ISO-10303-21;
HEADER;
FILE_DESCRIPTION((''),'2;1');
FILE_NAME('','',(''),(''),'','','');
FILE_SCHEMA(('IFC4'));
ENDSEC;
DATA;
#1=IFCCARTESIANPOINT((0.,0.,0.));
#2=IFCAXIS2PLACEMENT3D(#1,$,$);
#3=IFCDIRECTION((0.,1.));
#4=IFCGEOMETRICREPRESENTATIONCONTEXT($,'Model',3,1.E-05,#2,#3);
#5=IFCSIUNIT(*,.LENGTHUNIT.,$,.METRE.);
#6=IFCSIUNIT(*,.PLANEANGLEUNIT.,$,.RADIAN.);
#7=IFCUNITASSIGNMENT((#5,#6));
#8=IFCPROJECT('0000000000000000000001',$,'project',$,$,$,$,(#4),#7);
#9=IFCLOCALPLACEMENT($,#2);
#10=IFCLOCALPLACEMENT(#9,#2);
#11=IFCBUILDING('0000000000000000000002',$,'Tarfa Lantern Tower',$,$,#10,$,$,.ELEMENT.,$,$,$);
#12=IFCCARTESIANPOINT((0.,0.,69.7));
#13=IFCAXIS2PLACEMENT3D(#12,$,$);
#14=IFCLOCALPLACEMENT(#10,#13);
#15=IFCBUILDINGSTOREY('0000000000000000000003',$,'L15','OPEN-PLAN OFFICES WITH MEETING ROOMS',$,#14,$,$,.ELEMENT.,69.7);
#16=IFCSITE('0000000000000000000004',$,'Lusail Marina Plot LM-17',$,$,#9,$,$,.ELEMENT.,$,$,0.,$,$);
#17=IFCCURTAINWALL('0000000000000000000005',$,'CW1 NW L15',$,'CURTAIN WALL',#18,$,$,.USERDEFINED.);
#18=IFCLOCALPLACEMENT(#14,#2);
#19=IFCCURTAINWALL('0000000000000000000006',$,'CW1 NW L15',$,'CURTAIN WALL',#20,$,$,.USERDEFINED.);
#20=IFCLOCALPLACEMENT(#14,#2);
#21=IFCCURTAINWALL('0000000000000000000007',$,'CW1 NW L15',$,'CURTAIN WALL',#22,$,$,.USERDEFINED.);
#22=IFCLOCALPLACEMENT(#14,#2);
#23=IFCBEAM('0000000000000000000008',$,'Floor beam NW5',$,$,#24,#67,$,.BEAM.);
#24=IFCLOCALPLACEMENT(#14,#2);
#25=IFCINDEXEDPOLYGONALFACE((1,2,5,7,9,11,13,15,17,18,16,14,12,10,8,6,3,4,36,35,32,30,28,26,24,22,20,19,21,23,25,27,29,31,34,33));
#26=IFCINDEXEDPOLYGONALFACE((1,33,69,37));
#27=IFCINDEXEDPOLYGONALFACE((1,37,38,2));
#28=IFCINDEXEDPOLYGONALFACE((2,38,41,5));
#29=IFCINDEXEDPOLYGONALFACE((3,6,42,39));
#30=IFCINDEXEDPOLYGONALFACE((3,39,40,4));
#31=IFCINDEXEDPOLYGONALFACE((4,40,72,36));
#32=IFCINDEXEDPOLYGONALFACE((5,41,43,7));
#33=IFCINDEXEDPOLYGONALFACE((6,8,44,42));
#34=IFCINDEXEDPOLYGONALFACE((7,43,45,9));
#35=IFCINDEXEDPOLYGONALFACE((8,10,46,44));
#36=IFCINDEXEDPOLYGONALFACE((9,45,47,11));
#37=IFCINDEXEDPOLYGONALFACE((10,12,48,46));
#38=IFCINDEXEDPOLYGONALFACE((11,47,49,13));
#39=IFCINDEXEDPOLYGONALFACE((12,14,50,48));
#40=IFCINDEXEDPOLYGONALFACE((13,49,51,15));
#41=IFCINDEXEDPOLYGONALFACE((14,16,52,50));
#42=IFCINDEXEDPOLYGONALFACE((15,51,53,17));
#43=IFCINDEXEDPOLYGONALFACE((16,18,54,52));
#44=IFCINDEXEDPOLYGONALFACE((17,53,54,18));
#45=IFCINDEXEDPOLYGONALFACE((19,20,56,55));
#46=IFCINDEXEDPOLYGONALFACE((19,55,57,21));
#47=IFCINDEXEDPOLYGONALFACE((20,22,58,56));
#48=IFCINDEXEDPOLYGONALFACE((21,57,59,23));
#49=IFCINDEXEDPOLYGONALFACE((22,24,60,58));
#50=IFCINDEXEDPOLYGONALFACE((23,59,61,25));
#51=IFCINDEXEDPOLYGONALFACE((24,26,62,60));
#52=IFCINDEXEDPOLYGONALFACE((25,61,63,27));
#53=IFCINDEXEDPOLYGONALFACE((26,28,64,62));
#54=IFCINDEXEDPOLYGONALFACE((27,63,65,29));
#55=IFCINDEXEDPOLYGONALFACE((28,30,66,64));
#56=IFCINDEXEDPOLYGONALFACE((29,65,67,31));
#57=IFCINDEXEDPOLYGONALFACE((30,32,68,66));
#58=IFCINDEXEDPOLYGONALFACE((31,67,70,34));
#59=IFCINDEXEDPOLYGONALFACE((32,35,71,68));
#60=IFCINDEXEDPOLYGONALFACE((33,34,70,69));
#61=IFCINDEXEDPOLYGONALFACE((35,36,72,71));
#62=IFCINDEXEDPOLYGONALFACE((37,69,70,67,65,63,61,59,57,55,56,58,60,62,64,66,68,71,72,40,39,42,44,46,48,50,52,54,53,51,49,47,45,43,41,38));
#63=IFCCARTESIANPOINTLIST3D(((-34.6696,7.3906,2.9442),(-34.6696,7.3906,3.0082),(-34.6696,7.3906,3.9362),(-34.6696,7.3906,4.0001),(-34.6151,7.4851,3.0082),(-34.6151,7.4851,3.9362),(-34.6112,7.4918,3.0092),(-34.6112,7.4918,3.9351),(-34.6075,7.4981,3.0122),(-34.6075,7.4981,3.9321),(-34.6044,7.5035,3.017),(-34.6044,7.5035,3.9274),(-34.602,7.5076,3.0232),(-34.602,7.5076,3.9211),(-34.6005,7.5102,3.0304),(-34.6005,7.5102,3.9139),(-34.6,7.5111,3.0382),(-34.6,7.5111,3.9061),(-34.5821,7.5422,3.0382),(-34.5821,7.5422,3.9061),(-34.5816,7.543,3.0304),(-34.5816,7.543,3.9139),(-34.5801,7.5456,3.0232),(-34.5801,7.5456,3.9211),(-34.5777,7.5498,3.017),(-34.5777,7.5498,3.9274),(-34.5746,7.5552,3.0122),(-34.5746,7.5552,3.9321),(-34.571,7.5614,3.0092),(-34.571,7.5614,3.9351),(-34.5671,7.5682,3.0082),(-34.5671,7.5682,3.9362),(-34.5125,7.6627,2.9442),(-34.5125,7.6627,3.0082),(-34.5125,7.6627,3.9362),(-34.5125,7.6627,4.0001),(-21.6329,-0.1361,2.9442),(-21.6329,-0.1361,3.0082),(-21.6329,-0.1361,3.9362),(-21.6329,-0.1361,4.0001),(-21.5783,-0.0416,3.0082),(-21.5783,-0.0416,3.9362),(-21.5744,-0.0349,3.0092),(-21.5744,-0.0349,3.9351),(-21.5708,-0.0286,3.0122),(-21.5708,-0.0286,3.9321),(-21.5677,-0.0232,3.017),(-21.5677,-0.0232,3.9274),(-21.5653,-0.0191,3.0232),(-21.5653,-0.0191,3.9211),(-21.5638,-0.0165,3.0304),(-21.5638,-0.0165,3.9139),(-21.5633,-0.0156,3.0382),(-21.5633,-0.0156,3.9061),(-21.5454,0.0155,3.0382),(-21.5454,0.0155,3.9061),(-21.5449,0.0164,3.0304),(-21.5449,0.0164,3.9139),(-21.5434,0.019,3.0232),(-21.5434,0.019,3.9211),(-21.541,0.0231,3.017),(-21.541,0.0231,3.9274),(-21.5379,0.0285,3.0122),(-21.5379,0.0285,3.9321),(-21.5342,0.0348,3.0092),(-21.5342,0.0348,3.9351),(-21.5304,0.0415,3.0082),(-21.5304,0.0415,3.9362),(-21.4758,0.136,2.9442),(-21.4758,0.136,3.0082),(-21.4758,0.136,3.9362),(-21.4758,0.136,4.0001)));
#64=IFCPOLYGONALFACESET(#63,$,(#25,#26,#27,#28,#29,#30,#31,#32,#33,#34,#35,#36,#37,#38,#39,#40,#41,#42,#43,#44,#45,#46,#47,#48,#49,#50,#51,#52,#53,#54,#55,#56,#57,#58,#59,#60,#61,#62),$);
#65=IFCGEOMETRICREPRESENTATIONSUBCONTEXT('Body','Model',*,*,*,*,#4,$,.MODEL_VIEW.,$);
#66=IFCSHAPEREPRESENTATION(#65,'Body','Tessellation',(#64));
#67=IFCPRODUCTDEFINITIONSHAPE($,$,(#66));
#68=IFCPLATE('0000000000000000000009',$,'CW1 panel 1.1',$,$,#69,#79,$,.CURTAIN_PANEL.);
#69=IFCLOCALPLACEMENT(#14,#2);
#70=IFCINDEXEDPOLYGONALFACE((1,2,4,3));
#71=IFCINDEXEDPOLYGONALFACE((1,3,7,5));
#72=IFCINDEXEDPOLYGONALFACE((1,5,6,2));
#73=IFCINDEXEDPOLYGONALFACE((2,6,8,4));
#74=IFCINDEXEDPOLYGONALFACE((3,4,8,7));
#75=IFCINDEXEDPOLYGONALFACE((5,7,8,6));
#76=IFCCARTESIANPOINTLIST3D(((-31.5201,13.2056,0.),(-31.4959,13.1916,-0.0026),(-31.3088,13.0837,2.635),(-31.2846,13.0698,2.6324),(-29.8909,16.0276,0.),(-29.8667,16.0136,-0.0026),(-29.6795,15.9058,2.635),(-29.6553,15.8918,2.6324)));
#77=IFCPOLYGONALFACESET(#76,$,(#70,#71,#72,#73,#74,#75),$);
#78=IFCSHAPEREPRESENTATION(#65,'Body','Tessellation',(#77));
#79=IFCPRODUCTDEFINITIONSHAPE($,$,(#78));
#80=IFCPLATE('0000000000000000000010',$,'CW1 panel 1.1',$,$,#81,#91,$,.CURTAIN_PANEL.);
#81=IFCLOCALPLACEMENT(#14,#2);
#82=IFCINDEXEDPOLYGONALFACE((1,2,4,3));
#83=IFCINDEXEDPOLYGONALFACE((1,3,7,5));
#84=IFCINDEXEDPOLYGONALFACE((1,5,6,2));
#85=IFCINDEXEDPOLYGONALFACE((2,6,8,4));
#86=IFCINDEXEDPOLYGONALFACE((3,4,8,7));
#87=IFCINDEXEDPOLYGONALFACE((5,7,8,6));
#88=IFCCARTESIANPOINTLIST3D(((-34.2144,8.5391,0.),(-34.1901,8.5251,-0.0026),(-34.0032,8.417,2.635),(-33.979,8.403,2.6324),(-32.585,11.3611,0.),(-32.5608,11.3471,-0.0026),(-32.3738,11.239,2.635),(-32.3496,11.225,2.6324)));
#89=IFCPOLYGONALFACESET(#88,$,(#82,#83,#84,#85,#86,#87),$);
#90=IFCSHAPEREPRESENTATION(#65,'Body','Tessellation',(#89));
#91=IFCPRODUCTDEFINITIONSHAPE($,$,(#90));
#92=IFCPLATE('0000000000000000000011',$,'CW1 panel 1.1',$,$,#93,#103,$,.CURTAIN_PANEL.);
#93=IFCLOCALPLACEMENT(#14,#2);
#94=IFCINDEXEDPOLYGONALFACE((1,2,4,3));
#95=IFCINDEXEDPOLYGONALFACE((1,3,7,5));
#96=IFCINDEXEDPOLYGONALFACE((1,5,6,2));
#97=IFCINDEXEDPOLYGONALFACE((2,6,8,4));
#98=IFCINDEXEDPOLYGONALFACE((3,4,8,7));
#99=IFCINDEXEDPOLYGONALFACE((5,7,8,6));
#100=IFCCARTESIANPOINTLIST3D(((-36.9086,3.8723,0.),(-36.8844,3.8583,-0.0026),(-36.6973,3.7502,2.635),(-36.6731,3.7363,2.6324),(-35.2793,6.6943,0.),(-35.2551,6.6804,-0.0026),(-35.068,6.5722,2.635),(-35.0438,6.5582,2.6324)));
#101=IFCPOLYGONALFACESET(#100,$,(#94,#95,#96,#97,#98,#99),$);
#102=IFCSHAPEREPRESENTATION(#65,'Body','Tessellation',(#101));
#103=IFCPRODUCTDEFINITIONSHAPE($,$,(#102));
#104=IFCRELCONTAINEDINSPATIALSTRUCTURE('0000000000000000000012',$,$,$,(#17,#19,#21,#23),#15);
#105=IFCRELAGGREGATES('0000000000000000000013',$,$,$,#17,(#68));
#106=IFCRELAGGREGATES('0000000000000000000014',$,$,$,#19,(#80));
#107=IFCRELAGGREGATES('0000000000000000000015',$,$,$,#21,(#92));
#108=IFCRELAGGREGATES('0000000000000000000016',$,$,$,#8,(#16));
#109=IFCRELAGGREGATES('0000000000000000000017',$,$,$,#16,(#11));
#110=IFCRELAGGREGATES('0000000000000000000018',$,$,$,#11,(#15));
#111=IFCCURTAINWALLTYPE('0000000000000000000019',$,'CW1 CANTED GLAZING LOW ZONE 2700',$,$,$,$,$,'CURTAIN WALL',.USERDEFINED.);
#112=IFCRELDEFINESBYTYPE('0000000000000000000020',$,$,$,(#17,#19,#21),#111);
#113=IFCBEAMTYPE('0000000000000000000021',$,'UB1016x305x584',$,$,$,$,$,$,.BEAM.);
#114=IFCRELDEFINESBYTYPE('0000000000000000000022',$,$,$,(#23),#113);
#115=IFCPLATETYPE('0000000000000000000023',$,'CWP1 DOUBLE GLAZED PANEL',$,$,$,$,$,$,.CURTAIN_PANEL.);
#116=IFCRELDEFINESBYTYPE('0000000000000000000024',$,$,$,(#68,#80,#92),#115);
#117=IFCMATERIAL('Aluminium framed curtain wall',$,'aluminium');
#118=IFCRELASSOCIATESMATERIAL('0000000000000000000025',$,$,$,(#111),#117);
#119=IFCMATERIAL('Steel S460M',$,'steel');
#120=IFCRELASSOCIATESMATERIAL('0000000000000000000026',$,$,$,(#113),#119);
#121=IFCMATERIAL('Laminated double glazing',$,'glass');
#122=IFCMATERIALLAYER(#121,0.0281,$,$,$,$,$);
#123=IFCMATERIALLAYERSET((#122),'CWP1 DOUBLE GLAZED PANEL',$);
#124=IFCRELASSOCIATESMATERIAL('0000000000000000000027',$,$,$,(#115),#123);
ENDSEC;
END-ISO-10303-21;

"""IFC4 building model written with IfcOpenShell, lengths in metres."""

from ifc_helpers import new_model, si_unit, direction, frame, origin, origin_2d, place, context, subcontext, project, spatial, polyline, i_section, outline, extrude, material, layer, layer_set, material_profile, profile_set, type_object, element, aggregate, save


model = new_model("IFC4")

# Units and contexts
model_context = context("Model", 3, precision=1e-05, world=origin(), true_north=direction((0.0, 1.0)))
body_context = subcontext(model_context, "Body", "Model", "MODEL_VIEW")
ifc_project = project(units=[si_unit("LENGTHUNIT", "METRE"), si_unit("PLANEANGLEUNIT", "RADIAN")], contexts=[model_context])

# Site, building, storey
site_placement = place(None, origin())
site = spatial("IfcSite", under=ifc_project, at=site_placement, Name="Lusail Marina Plot LM-17", CompositionType="ELEMENT", RefElevation=0.0)
building_placement = place(site_placement, origin())
building = spatial("IfcBuilding", under=site, at=building_placement, Name="Tarfa Lantern Tower", CompositionType="ELEMENT")
storey_placement = place(building_placement, frame((0.0, 0.0, 69.7)))
storey = spatial("IfcBuildingStorey", under=building, at=storey_placement, Name="L15", Description="OPEN-PLAN OFFICES WITH MEETING ROOMS", CompositionType="ELEMENT", Elevation=69.7)

# Curtain walls
ifc_material_1 = material(Name="Aluminium framed curtain wall", Category="aluminium")
curtain_wall_type = type_object("IfcCurtainWallType", Name="CW1 CANTED GLAZING LOW ZONE 2700", ElementType="CURTAIN WALL", PredefinedType="USERDEFINED", material=ifc_material_1)
curtain_wall_1_placement = place(storey_placement, origin())
curtain_wall_1 = element("IfcCurtainWall", 1, at=curtain_wall_1_placement, inside=storey, type_object=curtain_wall_type, Name="CW1 NW L15", ObjectType="CURTAIN WALL", PredefinedType="USERDEFINED")
curtain_wall_2_placement = place(storey_placement, origin())
curtain_wall_2 = element("IfcCurtainWall", 2, at=curtain_wall_2_placement, inside=storey, type_object=curtain_wall_type, Name="CW1 NW L15", ObjectType="CURTAIN WALL", PredefinedType="USERDEFINED")
curtain_wall_3_placement = place(storey_placement, origin())
curtain_wall_3 = element("IfcCurtainWall", 3, at=curtain_wall_3_placement, inside=storey, type_object=curtain_wall_type, Name="CW1 NW L15", ObjectType="CURTAIN WALL", PredefinedType="USERDEFINED")

# Beam
ifc_material_2 = material(Name="Steel S460M", Category="steel")
ifc_material_profile_1 = material_profile(ifc_material_2, i_section(OverallWidth=0.3142, OverallDepth=1.0559, WebThickness=0.0359, FlangeThickness=0.064, FilletRadius=0.03, at=origin_2d()), Name="UB1016x305x584")
ifc_profile_set_1 = profile_set([ifc_material_profile_1], Name="Steel S460M")
beam_type_1 = type_object("IfcBeamType", Name="UB1016x305x584", PredefinedType="BEAM", material=ifc_profile_set_1)
beam_1_placement = place(storey_placement, frame((-34.5911, 7.5266, 3.4722), z_axis=(0.866028, -0.499996, 0.0), x_axis=(0.499996, 0.866028, 0.0)))
element("IfcBeam", 4, at=beam_1_placement, inside=storey, type_object=beam_type_1, Name="Floor beam NW5", PredefinedType="BEAM", context=body_context, shape_type="SweptSolid", body=[
    extrude(i_section(OverallWidth=0.3142, OverallDepth=1.0559, WebThickness=0.0359, FlangeThickness=0.064, FilletRadius=0.03, at=origin_2d()), origin(), (0.0, 0.0, 1.0), 15.0535),
])

# Plates
ifc_material_3 = material(Name="Laminated double glazing", Category="glass")
ifc_layer = layer(ifc_material_3, 0.0281)
ifc_layer_set = layer_set([ifc_layer], Name="CWP1 DOUBLE GLAZED PANEL")
plate_type = type_object("IfcPlateType", Name="CWP1 DOUBLE GLAZED PANEL", PredefinedType="CURTAIN_PANEL", material=ifc_layer_set)
plate_1_placement = place(storey_placement, frame((-29.8909, 16.0276, 0.0), z_axis=(-0.862342, 0.497867, 0.09217), x_axis=(-0.499995, -0.866029, 0.000003)))
plate_1 = element("IfcPlate", 5, at=plate_1_placement, type_object=plate_type, Name="CW1 panel 1.1", PredefinedType="CURTAIN_PANEL", context=body_context, shape_type="SweptSolid", body=[
    extrude(outline(polyline([(0.0, 0.0), (3.2585, 0.0), (3.2584, 2.6463), (-0.0002, 2.6463), (0.0, 0.0)])), origin(), (0.0, 0.0, -1.0), 0.0281),
])
aggregate(curtain_wall_1, [plate_1])
plate_2_placement = place(storey_placement, frame((-32.585, 11.3611, 0.0), z_axis=(-0.862325, 0.497894, 0.092176), x_axis=(-0.500023, -0.866012, 0.0)))
plate_2 = element("IfcPlate", 6, at=plate_2_placement, type_object=plate_type, Name="CW1 panel 1.1", PredefinedType="CURTAIN_PANEL", context=body_context, shape_type="SweptSolid", body=[
    extrude(outline(polyline([(0.0, 0.0), (3.2586, 0.0), (3.2588, 2.6463), (0.0001, 2.6463), (0.0, 0.0)])), origin(), (0.0, 0.0, -1.0), 0.0281),
])
aggregate(curtain_wall_2, [plate_2])
plate_3_placement = place(storey_placement, frame((-35.2793, 6.6943, 0.0), z_axis=(-0.862338, 0.497864, 0.092216), x_axis=(-0.499995, -0.866028, -0.000003)))
plate_3 = element("IfcPlate", 7, at=plate_3_placement, type_object=plate_type, Name="CW1 panel 1.1", PredefinedType="CURTAIN_PANEL", context=body_context, shape_type="SweptSolid", body=[
    extrude(outline(polyline([(0.0, 0.0), (3.2586, 0.0), (3.2586, 2.6463), (0.0001, 2.6463), (0.0, 0.0)])), origin(), (0.0, 0.0, -1.0), 0.0281),
])
aggregate(curtain_wall_3, [plate_3])

save(model, "model.ifc")
